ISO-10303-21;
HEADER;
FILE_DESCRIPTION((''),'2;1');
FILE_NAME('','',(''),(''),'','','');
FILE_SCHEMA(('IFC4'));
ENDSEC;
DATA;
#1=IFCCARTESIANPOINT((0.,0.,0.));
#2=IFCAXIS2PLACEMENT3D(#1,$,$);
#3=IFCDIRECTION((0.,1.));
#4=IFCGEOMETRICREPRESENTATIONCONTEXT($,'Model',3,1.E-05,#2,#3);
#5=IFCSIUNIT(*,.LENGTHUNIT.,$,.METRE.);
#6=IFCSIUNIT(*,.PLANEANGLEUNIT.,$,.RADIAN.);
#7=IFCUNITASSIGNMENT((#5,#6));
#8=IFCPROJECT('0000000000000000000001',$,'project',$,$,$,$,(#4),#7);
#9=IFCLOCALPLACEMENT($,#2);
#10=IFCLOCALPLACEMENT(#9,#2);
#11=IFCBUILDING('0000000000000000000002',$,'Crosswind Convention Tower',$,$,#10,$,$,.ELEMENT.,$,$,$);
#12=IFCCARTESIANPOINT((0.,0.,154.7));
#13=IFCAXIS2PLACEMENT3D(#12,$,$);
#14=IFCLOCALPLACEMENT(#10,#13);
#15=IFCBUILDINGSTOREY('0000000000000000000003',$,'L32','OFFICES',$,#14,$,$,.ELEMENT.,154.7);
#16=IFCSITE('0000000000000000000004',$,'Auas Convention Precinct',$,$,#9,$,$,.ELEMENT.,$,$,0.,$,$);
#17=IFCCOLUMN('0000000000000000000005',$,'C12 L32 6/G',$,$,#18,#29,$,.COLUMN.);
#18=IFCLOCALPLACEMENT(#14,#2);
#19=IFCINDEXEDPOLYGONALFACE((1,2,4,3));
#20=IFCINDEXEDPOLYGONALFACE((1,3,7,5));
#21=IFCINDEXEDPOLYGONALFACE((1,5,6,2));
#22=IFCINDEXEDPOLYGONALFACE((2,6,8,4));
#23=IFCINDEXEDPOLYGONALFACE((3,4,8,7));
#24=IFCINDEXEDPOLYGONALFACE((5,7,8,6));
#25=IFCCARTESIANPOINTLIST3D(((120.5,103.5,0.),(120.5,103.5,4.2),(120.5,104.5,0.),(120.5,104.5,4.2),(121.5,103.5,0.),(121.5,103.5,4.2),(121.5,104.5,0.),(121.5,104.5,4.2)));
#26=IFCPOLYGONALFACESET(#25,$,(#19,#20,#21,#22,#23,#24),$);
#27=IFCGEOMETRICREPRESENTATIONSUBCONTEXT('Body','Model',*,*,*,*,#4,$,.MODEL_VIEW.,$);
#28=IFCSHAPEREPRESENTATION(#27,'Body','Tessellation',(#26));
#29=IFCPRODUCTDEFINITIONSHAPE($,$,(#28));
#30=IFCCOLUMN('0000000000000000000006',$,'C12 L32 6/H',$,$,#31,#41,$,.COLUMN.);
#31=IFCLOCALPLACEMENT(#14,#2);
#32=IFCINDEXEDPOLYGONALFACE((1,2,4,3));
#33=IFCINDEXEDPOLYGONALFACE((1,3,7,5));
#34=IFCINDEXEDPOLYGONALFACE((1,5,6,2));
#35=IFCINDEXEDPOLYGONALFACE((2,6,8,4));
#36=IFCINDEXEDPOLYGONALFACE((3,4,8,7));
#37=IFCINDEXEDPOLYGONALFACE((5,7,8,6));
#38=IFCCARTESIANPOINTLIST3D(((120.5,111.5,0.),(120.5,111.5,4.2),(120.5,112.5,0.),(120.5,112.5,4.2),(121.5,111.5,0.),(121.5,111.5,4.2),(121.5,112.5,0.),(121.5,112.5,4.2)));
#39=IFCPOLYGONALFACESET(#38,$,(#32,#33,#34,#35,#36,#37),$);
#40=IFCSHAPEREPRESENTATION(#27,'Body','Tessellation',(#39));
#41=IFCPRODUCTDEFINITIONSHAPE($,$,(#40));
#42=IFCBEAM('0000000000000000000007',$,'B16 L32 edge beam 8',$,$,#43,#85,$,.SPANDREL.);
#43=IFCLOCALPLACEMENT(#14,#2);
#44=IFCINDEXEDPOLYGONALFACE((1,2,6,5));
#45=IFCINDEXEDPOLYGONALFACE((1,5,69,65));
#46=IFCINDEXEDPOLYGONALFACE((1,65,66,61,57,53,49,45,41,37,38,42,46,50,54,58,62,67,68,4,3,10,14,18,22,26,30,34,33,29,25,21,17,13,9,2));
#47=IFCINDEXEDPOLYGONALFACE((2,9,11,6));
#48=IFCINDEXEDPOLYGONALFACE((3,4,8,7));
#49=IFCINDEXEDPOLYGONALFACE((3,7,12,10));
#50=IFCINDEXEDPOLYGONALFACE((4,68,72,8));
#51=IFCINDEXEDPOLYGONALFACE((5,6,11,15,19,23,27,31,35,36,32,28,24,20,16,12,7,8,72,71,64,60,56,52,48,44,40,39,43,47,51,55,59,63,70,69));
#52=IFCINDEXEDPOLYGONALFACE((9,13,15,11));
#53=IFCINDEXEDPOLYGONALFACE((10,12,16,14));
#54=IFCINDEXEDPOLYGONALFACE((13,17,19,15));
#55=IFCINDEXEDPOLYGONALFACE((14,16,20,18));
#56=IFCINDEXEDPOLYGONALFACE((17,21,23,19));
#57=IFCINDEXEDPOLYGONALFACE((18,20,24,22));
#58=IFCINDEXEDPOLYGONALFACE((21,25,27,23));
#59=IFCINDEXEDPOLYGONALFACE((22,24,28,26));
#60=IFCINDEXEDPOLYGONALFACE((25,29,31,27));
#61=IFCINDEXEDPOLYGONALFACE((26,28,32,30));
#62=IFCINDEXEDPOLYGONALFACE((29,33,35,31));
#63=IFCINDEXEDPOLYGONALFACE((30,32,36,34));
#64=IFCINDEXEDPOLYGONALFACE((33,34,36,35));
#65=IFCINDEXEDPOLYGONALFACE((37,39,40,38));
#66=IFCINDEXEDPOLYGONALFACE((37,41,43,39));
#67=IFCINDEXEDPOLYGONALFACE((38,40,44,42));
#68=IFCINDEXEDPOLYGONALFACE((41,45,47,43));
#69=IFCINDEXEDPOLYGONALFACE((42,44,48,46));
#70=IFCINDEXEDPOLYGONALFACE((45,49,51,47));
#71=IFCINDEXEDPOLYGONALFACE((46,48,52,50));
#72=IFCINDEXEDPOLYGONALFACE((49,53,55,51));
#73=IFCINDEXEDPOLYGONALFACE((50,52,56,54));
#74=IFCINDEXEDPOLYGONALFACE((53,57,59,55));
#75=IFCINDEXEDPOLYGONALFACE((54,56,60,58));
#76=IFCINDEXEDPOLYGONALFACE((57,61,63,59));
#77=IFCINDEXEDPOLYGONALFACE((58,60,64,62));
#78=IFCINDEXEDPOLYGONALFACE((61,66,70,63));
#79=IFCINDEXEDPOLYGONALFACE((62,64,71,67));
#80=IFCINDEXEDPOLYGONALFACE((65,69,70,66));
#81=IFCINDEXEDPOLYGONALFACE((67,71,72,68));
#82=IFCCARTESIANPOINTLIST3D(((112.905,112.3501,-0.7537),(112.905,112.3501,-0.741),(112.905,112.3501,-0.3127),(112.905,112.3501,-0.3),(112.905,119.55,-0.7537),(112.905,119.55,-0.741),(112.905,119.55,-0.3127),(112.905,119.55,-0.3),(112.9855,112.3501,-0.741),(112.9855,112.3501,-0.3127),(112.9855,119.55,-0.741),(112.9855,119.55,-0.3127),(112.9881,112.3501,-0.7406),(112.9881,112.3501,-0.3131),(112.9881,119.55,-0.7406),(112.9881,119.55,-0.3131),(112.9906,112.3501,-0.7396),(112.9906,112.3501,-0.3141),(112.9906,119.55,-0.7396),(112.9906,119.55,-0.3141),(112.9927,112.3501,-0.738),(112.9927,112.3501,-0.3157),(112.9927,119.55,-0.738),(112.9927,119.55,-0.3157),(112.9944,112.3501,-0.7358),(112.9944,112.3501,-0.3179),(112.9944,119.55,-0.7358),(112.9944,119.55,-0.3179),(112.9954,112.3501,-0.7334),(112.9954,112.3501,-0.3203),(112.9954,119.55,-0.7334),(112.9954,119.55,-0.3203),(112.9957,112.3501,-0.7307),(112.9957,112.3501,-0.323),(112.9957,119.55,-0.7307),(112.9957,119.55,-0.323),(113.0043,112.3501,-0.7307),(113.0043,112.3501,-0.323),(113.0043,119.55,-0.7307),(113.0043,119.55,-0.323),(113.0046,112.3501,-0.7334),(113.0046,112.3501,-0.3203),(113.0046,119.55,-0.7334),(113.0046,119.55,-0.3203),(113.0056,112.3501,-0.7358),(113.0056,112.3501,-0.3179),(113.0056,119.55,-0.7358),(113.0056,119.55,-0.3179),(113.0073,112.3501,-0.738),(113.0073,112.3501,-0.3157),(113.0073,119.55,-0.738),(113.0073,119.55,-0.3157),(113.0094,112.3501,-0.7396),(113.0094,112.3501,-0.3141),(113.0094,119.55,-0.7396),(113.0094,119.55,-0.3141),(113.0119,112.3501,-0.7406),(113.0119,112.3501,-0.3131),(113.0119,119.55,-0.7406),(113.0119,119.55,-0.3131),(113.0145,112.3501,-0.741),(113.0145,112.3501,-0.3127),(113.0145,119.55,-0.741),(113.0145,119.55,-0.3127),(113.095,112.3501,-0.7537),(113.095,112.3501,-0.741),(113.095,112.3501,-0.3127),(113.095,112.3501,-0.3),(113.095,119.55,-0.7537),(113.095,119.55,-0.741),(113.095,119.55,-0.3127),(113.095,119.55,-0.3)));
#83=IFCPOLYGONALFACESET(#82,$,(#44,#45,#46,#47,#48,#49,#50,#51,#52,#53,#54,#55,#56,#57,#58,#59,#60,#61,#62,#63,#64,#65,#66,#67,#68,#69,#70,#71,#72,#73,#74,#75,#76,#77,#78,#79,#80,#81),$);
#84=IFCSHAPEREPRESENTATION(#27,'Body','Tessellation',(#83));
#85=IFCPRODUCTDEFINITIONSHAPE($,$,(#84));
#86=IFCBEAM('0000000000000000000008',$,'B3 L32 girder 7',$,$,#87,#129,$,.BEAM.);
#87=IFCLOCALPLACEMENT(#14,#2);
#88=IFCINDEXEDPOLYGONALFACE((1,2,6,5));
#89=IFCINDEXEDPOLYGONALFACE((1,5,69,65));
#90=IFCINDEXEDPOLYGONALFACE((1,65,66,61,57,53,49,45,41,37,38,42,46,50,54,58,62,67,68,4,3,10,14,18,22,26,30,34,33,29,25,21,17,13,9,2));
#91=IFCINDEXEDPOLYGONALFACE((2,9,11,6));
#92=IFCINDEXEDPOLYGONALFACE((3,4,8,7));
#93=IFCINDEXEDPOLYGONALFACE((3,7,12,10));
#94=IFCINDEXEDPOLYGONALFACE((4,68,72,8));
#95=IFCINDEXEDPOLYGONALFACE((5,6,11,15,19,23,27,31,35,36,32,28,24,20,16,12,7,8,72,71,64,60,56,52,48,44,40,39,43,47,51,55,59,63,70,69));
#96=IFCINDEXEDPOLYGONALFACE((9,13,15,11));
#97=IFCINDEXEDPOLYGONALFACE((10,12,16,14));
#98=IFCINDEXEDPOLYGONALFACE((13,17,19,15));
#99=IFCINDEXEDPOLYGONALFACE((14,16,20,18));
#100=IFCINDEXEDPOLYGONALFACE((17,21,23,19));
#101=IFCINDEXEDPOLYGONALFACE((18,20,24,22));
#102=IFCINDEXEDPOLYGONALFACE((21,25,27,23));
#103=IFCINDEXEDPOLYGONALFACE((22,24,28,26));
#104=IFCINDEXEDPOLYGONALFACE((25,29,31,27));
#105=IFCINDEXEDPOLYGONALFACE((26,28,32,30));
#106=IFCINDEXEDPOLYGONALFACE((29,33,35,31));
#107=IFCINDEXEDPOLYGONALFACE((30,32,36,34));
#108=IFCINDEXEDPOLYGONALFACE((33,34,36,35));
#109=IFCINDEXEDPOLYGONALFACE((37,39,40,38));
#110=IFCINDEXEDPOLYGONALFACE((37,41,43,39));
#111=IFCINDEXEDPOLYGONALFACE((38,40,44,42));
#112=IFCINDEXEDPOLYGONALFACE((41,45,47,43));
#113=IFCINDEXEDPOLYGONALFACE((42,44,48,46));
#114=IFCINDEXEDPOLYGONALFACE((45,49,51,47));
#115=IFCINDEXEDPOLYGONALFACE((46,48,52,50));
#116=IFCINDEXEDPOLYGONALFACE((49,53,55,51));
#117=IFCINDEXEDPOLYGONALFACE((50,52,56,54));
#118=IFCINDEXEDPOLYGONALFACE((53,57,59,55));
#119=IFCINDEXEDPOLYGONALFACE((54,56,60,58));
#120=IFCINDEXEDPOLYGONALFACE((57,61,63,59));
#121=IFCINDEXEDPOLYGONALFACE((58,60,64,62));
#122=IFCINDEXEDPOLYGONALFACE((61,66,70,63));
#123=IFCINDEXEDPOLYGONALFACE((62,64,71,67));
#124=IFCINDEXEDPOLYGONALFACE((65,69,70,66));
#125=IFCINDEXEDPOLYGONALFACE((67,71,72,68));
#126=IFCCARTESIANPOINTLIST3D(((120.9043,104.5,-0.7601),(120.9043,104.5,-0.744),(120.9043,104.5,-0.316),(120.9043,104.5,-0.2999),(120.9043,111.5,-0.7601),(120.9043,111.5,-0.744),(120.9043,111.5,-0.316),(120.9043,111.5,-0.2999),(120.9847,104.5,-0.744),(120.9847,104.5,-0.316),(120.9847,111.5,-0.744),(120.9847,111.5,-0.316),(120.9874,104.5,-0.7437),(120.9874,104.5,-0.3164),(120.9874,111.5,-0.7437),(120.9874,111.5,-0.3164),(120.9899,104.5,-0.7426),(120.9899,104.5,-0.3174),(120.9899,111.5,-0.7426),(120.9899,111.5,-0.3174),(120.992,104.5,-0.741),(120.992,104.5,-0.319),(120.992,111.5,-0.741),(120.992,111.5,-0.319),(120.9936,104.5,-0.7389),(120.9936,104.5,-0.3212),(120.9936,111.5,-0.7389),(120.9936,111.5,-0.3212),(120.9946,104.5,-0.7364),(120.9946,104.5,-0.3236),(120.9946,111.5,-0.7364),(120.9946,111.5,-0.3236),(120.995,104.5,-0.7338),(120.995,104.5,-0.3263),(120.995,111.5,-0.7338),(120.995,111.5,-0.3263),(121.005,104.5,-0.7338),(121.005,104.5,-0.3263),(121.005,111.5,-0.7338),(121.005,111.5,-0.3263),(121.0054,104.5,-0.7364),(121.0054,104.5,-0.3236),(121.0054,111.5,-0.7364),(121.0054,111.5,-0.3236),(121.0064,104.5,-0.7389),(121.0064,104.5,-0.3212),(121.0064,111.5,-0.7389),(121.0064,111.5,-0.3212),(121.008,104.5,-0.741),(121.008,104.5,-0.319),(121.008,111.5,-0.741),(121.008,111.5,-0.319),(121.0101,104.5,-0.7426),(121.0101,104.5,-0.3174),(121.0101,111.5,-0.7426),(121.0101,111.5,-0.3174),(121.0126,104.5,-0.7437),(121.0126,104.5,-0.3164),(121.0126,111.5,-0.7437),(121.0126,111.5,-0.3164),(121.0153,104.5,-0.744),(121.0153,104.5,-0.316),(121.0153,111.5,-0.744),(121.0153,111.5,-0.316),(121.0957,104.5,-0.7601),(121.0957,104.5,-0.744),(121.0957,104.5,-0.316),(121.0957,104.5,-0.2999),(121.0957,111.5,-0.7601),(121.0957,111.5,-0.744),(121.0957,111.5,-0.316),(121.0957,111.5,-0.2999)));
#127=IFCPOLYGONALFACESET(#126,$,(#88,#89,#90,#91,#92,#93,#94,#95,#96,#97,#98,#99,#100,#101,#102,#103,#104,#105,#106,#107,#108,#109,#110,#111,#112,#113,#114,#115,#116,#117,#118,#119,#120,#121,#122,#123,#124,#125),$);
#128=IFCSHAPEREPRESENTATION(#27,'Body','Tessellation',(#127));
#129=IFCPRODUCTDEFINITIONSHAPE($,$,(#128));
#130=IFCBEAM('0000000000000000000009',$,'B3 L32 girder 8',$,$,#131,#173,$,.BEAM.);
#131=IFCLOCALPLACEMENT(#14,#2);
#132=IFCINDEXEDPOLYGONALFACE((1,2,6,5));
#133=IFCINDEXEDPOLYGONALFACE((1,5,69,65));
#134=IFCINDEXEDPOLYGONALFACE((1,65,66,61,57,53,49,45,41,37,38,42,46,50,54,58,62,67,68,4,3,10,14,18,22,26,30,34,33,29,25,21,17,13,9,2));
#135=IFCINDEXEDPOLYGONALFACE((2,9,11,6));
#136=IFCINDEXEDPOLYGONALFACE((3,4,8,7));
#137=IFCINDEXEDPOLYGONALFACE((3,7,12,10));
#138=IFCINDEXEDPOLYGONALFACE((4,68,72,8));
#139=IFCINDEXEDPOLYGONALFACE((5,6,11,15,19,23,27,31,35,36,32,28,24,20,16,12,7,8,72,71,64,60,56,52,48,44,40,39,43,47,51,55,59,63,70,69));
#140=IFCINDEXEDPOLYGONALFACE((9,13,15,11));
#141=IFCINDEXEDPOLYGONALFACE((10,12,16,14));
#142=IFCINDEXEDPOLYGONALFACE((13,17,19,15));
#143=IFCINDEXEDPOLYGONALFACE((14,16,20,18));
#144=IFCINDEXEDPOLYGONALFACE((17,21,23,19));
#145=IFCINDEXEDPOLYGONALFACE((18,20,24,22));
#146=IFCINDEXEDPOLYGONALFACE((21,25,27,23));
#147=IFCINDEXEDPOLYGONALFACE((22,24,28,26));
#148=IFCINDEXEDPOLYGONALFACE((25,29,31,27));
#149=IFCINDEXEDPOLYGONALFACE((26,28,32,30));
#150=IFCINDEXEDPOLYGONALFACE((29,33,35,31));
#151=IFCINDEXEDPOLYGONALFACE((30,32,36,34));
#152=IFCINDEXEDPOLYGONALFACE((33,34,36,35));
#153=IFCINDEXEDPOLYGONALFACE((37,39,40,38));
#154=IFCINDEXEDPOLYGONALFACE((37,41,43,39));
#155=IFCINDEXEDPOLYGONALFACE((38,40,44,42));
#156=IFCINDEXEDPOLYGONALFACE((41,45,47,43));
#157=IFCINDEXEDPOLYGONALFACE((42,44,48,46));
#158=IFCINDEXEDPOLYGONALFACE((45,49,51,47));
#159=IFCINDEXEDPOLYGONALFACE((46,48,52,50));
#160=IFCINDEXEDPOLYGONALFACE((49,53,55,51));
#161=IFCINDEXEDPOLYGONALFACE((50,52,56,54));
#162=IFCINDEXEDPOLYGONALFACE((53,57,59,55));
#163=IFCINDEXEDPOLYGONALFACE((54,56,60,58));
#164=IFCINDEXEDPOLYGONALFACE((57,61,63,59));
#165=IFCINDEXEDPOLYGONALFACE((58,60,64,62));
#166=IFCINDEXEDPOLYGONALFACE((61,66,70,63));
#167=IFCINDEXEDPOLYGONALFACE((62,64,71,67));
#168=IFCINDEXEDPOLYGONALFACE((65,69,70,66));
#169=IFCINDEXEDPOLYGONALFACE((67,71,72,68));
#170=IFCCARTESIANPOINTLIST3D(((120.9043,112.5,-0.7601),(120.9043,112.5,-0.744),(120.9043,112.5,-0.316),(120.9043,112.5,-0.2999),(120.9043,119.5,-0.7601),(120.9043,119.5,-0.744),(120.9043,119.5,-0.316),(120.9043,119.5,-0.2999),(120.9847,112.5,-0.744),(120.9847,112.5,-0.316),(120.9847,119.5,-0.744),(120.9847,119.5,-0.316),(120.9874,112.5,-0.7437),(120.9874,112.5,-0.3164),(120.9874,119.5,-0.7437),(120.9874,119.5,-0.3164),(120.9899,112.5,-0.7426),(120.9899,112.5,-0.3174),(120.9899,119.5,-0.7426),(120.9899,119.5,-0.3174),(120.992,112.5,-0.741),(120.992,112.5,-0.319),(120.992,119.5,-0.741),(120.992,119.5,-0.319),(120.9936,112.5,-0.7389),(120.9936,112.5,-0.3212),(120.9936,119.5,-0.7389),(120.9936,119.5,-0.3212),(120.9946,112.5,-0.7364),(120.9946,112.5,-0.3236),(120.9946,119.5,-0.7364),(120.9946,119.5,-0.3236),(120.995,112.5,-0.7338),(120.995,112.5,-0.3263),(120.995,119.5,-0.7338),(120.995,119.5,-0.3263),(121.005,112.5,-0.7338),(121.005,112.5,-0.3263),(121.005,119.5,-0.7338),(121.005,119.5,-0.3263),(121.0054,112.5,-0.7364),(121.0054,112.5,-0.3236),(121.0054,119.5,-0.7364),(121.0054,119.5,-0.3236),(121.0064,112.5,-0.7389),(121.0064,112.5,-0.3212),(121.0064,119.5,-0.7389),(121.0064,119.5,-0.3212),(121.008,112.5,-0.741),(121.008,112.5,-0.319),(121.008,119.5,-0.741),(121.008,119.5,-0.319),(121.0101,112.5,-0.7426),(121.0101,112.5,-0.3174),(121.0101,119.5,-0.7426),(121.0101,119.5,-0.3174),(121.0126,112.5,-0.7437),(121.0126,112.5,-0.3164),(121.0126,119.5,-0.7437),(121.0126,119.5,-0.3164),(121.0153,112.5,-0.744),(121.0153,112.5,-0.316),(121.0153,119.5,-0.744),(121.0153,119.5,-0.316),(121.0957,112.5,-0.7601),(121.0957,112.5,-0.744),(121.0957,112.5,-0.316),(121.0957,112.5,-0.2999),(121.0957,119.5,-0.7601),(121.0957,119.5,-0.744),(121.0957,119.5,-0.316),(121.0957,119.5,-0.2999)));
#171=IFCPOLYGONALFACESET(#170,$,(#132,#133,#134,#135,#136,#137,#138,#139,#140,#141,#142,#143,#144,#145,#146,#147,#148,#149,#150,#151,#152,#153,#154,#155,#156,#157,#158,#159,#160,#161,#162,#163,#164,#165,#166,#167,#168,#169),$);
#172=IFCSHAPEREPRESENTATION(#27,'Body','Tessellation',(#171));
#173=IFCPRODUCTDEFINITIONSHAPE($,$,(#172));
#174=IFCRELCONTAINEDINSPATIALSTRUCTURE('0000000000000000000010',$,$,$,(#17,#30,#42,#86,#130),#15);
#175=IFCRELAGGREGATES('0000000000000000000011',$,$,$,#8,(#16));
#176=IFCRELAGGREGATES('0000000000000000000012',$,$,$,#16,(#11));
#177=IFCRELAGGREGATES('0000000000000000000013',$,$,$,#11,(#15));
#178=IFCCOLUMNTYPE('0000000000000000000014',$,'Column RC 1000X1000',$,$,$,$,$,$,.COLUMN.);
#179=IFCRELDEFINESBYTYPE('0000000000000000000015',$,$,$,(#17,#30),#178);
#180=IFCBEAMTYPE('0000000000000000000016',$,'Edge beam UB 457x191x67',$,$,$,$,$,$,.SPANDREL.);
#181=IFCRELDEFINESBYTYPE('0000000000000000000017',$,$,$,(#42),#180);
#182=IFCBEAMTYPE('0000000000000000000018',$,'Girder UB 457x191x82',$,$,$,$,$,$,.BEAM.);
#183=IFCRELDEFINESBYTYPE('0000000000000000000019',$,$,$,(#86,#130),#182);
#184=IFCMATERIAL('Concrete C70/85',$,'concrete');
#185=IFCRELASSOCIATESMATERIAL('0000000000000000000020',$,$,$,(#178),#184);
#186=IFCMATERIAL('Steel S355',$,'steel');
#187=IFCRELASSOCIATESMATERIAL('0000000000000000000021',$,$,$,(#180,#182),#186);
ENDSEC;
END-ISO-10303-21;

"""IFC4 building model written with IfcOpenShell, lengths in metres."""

from ifc_helpers import new_model, si_unit, direction, frame, origin, origin_2d, place, context, subcontext, project, spatial, rectangle, i_section, extrude, material, material_profile, profile_set, type_object, element, save


model = new_model("IFC4")

# Units and contexts
model_context = context("Model", 3, precision=1e-05, world=origin(), true_north=direction((0.0, 1.0)))
body_context = subcontext(model_context, "Body", "Model", "MODEL_VIEW")
ifc_project = project(units=[si_unit("LENGTHUNIT", "METRE"), si_unit("PLANEANGLEUNIT", "RADIAN")], contexts=[model_context])

# Site, building, storey
site_placement = place(None, origin())
site = spatial("IfcSite", under=ifc_project, at=site_placement, Name="Auas Convention Precinct", CompositionType="ELEMENT", RefElevation=0.0)
building_placement = place(site_placement, origin())
building = spatial("IfcBuilding", under=site, at=building_placement, Name="Crosswind Convention Tower", CompositionType="ELEMENT")
storey_placement = place(building_placement, frame((0.0, 0.0, 154.7)))
storey = spatial("IfcBuildingStorey", under=building, at=storey_placement, Name="L32", Description="OFFICES", CompositionType="ELEMENT", Elevation=154.7)

# Columns
ifc_material_1 = material(Name="Concrete C70/85", Category="concrete")
ifc_material_profile_1 = material_profile(ifc_material_1, rectangle(XDim=1.0, YDim=1.0, at=origin_2d()), Name="RC 1000X1000")
ifc_profile_set_1 = profile_set([ifc_material_profile_1], Name="Concrete C70/85")
column_type = type_object("IfcColumnType", Name="Column RC 1000X1000", PredefinedType="COLUMN", material=ifc_profile_set_1)
for number, where, z_axis, x_axis, name in (
    (1, (121.0, 104.0, 0.0), (0.0, 0.0, 1.0), (1.0, 0.0, 0.0), "C12 L32 6/G"),
    (2, (121.0, 112.0, 0.0), (0.0, 0.0, 1.0), (1.0, 0.0, 0.0), "C12 L32 6/H"),
):
    element("IfcColumn", number, at=place(storey_placement, frame(where, z_axis=z_axis, x_axis=x_axis)), inside=storey, type_object=column_type, Name=name, PredefinedType="COLUMN", context=body_context, shape_type="SweptSolid", body=[
        extrude(rectangle(XDim=1.0, YDim=1.0, at=origin_2d()), origin(), (0.0, 0.0, 1.0), 4.2),
    ])

# Beams
ifc_material_2 = material(Name="Steel S355", Category="steel")
ifc_material_profile_2 = material_profile(ifc_material_2, i_section(OverallWidth=0.1899, OverallDepth=0.4536, WebThickness=0.0085, FlangeThickness=0.0127, FilletRadius=0.0103, at=origin_2d()), Name="UB 457x191x67")
ifc_profile_set_2 = profile_set([ifc_material_profile_2], Name="Steel S355")
beam_type_1 = type_object("IfcBeamType", Name="Edge beam UB 457x191x67", PredefinedType="SPANDREL", material=ifc_profile_set_2)
beam_1_placement = place(storey_placement, frame((113.0, 112.3501, -0.5269), z_axis=(0.0, 1.0, 0.0), x_axis=(-1.0, 0.0, 0.0)))
element("IfcBeam", 3, at=beam_1_placement, inside=storey, type_object=beam_type_1, Name="B16 L32 edge beam 8", PredefinedType="SPANDREL", context=body_context, shape_type="SweptSolid", body=[
    extrude(i_section(OverallWidth=0.1899, OverallDepth=0.4536, WebThickness=0.0085, FlangeThickness=0.0127, FilletRadius=0.0103, at=origin_2d()), origin(), (0.0, 0.0, 1.0), 7.2),
])
ifc_material_profile_3 = material_profile(ifc_material_2, i_section(OverallWidth=0.1914, OverallDepth=0.4602, WebThickness=0.01, FlangeThickness=0.0161, FilletRadius=0.0103, at=origin_2d()), Name="UB 457x191x82")
ifc_profile_set_3 = profile_set([ifc_material_profile_3], Name="Steel S355")
beam_type_2 = type_object("IfcBeamType", Name="Girder UB 457x191x82", PredefinedType="BEAM", material=ifc_profile_set_3)
for number, where, z_axis, x_axis, name in (
    (4, (121.0, 104.5, -0.53), (0.0, 1.0, 0.0), (-1.0, 0.0, 0.0), "B3 L32 girder 7"),
    (5, (121.0, 112.5, -0.53), (0.0, 1.0, 0.0), (-1.0, 0.0, 0.0), "B3 L32 girder 8"),
):
    element("IfcBeam", number, at=place(storey_placement, frame(where, z_axis=z_axis, x_axis=x_axis)), inside=storey, type_object=beam_type_2, Name=name, PredefinedType="BEAM", context=body_context, shape_type="SweptSolid", body=[
        extrude(i_section(OverallWidth=0.1914, OverallDepth=0.4602, WebThickness=0.01, FlangeThickness=0.0161, FilletRadius=0.0103, at=origin_2d()), origin(), (0.0, 0.0, 1.0), 7.0),
    ])

save(model, "model.ifc")
